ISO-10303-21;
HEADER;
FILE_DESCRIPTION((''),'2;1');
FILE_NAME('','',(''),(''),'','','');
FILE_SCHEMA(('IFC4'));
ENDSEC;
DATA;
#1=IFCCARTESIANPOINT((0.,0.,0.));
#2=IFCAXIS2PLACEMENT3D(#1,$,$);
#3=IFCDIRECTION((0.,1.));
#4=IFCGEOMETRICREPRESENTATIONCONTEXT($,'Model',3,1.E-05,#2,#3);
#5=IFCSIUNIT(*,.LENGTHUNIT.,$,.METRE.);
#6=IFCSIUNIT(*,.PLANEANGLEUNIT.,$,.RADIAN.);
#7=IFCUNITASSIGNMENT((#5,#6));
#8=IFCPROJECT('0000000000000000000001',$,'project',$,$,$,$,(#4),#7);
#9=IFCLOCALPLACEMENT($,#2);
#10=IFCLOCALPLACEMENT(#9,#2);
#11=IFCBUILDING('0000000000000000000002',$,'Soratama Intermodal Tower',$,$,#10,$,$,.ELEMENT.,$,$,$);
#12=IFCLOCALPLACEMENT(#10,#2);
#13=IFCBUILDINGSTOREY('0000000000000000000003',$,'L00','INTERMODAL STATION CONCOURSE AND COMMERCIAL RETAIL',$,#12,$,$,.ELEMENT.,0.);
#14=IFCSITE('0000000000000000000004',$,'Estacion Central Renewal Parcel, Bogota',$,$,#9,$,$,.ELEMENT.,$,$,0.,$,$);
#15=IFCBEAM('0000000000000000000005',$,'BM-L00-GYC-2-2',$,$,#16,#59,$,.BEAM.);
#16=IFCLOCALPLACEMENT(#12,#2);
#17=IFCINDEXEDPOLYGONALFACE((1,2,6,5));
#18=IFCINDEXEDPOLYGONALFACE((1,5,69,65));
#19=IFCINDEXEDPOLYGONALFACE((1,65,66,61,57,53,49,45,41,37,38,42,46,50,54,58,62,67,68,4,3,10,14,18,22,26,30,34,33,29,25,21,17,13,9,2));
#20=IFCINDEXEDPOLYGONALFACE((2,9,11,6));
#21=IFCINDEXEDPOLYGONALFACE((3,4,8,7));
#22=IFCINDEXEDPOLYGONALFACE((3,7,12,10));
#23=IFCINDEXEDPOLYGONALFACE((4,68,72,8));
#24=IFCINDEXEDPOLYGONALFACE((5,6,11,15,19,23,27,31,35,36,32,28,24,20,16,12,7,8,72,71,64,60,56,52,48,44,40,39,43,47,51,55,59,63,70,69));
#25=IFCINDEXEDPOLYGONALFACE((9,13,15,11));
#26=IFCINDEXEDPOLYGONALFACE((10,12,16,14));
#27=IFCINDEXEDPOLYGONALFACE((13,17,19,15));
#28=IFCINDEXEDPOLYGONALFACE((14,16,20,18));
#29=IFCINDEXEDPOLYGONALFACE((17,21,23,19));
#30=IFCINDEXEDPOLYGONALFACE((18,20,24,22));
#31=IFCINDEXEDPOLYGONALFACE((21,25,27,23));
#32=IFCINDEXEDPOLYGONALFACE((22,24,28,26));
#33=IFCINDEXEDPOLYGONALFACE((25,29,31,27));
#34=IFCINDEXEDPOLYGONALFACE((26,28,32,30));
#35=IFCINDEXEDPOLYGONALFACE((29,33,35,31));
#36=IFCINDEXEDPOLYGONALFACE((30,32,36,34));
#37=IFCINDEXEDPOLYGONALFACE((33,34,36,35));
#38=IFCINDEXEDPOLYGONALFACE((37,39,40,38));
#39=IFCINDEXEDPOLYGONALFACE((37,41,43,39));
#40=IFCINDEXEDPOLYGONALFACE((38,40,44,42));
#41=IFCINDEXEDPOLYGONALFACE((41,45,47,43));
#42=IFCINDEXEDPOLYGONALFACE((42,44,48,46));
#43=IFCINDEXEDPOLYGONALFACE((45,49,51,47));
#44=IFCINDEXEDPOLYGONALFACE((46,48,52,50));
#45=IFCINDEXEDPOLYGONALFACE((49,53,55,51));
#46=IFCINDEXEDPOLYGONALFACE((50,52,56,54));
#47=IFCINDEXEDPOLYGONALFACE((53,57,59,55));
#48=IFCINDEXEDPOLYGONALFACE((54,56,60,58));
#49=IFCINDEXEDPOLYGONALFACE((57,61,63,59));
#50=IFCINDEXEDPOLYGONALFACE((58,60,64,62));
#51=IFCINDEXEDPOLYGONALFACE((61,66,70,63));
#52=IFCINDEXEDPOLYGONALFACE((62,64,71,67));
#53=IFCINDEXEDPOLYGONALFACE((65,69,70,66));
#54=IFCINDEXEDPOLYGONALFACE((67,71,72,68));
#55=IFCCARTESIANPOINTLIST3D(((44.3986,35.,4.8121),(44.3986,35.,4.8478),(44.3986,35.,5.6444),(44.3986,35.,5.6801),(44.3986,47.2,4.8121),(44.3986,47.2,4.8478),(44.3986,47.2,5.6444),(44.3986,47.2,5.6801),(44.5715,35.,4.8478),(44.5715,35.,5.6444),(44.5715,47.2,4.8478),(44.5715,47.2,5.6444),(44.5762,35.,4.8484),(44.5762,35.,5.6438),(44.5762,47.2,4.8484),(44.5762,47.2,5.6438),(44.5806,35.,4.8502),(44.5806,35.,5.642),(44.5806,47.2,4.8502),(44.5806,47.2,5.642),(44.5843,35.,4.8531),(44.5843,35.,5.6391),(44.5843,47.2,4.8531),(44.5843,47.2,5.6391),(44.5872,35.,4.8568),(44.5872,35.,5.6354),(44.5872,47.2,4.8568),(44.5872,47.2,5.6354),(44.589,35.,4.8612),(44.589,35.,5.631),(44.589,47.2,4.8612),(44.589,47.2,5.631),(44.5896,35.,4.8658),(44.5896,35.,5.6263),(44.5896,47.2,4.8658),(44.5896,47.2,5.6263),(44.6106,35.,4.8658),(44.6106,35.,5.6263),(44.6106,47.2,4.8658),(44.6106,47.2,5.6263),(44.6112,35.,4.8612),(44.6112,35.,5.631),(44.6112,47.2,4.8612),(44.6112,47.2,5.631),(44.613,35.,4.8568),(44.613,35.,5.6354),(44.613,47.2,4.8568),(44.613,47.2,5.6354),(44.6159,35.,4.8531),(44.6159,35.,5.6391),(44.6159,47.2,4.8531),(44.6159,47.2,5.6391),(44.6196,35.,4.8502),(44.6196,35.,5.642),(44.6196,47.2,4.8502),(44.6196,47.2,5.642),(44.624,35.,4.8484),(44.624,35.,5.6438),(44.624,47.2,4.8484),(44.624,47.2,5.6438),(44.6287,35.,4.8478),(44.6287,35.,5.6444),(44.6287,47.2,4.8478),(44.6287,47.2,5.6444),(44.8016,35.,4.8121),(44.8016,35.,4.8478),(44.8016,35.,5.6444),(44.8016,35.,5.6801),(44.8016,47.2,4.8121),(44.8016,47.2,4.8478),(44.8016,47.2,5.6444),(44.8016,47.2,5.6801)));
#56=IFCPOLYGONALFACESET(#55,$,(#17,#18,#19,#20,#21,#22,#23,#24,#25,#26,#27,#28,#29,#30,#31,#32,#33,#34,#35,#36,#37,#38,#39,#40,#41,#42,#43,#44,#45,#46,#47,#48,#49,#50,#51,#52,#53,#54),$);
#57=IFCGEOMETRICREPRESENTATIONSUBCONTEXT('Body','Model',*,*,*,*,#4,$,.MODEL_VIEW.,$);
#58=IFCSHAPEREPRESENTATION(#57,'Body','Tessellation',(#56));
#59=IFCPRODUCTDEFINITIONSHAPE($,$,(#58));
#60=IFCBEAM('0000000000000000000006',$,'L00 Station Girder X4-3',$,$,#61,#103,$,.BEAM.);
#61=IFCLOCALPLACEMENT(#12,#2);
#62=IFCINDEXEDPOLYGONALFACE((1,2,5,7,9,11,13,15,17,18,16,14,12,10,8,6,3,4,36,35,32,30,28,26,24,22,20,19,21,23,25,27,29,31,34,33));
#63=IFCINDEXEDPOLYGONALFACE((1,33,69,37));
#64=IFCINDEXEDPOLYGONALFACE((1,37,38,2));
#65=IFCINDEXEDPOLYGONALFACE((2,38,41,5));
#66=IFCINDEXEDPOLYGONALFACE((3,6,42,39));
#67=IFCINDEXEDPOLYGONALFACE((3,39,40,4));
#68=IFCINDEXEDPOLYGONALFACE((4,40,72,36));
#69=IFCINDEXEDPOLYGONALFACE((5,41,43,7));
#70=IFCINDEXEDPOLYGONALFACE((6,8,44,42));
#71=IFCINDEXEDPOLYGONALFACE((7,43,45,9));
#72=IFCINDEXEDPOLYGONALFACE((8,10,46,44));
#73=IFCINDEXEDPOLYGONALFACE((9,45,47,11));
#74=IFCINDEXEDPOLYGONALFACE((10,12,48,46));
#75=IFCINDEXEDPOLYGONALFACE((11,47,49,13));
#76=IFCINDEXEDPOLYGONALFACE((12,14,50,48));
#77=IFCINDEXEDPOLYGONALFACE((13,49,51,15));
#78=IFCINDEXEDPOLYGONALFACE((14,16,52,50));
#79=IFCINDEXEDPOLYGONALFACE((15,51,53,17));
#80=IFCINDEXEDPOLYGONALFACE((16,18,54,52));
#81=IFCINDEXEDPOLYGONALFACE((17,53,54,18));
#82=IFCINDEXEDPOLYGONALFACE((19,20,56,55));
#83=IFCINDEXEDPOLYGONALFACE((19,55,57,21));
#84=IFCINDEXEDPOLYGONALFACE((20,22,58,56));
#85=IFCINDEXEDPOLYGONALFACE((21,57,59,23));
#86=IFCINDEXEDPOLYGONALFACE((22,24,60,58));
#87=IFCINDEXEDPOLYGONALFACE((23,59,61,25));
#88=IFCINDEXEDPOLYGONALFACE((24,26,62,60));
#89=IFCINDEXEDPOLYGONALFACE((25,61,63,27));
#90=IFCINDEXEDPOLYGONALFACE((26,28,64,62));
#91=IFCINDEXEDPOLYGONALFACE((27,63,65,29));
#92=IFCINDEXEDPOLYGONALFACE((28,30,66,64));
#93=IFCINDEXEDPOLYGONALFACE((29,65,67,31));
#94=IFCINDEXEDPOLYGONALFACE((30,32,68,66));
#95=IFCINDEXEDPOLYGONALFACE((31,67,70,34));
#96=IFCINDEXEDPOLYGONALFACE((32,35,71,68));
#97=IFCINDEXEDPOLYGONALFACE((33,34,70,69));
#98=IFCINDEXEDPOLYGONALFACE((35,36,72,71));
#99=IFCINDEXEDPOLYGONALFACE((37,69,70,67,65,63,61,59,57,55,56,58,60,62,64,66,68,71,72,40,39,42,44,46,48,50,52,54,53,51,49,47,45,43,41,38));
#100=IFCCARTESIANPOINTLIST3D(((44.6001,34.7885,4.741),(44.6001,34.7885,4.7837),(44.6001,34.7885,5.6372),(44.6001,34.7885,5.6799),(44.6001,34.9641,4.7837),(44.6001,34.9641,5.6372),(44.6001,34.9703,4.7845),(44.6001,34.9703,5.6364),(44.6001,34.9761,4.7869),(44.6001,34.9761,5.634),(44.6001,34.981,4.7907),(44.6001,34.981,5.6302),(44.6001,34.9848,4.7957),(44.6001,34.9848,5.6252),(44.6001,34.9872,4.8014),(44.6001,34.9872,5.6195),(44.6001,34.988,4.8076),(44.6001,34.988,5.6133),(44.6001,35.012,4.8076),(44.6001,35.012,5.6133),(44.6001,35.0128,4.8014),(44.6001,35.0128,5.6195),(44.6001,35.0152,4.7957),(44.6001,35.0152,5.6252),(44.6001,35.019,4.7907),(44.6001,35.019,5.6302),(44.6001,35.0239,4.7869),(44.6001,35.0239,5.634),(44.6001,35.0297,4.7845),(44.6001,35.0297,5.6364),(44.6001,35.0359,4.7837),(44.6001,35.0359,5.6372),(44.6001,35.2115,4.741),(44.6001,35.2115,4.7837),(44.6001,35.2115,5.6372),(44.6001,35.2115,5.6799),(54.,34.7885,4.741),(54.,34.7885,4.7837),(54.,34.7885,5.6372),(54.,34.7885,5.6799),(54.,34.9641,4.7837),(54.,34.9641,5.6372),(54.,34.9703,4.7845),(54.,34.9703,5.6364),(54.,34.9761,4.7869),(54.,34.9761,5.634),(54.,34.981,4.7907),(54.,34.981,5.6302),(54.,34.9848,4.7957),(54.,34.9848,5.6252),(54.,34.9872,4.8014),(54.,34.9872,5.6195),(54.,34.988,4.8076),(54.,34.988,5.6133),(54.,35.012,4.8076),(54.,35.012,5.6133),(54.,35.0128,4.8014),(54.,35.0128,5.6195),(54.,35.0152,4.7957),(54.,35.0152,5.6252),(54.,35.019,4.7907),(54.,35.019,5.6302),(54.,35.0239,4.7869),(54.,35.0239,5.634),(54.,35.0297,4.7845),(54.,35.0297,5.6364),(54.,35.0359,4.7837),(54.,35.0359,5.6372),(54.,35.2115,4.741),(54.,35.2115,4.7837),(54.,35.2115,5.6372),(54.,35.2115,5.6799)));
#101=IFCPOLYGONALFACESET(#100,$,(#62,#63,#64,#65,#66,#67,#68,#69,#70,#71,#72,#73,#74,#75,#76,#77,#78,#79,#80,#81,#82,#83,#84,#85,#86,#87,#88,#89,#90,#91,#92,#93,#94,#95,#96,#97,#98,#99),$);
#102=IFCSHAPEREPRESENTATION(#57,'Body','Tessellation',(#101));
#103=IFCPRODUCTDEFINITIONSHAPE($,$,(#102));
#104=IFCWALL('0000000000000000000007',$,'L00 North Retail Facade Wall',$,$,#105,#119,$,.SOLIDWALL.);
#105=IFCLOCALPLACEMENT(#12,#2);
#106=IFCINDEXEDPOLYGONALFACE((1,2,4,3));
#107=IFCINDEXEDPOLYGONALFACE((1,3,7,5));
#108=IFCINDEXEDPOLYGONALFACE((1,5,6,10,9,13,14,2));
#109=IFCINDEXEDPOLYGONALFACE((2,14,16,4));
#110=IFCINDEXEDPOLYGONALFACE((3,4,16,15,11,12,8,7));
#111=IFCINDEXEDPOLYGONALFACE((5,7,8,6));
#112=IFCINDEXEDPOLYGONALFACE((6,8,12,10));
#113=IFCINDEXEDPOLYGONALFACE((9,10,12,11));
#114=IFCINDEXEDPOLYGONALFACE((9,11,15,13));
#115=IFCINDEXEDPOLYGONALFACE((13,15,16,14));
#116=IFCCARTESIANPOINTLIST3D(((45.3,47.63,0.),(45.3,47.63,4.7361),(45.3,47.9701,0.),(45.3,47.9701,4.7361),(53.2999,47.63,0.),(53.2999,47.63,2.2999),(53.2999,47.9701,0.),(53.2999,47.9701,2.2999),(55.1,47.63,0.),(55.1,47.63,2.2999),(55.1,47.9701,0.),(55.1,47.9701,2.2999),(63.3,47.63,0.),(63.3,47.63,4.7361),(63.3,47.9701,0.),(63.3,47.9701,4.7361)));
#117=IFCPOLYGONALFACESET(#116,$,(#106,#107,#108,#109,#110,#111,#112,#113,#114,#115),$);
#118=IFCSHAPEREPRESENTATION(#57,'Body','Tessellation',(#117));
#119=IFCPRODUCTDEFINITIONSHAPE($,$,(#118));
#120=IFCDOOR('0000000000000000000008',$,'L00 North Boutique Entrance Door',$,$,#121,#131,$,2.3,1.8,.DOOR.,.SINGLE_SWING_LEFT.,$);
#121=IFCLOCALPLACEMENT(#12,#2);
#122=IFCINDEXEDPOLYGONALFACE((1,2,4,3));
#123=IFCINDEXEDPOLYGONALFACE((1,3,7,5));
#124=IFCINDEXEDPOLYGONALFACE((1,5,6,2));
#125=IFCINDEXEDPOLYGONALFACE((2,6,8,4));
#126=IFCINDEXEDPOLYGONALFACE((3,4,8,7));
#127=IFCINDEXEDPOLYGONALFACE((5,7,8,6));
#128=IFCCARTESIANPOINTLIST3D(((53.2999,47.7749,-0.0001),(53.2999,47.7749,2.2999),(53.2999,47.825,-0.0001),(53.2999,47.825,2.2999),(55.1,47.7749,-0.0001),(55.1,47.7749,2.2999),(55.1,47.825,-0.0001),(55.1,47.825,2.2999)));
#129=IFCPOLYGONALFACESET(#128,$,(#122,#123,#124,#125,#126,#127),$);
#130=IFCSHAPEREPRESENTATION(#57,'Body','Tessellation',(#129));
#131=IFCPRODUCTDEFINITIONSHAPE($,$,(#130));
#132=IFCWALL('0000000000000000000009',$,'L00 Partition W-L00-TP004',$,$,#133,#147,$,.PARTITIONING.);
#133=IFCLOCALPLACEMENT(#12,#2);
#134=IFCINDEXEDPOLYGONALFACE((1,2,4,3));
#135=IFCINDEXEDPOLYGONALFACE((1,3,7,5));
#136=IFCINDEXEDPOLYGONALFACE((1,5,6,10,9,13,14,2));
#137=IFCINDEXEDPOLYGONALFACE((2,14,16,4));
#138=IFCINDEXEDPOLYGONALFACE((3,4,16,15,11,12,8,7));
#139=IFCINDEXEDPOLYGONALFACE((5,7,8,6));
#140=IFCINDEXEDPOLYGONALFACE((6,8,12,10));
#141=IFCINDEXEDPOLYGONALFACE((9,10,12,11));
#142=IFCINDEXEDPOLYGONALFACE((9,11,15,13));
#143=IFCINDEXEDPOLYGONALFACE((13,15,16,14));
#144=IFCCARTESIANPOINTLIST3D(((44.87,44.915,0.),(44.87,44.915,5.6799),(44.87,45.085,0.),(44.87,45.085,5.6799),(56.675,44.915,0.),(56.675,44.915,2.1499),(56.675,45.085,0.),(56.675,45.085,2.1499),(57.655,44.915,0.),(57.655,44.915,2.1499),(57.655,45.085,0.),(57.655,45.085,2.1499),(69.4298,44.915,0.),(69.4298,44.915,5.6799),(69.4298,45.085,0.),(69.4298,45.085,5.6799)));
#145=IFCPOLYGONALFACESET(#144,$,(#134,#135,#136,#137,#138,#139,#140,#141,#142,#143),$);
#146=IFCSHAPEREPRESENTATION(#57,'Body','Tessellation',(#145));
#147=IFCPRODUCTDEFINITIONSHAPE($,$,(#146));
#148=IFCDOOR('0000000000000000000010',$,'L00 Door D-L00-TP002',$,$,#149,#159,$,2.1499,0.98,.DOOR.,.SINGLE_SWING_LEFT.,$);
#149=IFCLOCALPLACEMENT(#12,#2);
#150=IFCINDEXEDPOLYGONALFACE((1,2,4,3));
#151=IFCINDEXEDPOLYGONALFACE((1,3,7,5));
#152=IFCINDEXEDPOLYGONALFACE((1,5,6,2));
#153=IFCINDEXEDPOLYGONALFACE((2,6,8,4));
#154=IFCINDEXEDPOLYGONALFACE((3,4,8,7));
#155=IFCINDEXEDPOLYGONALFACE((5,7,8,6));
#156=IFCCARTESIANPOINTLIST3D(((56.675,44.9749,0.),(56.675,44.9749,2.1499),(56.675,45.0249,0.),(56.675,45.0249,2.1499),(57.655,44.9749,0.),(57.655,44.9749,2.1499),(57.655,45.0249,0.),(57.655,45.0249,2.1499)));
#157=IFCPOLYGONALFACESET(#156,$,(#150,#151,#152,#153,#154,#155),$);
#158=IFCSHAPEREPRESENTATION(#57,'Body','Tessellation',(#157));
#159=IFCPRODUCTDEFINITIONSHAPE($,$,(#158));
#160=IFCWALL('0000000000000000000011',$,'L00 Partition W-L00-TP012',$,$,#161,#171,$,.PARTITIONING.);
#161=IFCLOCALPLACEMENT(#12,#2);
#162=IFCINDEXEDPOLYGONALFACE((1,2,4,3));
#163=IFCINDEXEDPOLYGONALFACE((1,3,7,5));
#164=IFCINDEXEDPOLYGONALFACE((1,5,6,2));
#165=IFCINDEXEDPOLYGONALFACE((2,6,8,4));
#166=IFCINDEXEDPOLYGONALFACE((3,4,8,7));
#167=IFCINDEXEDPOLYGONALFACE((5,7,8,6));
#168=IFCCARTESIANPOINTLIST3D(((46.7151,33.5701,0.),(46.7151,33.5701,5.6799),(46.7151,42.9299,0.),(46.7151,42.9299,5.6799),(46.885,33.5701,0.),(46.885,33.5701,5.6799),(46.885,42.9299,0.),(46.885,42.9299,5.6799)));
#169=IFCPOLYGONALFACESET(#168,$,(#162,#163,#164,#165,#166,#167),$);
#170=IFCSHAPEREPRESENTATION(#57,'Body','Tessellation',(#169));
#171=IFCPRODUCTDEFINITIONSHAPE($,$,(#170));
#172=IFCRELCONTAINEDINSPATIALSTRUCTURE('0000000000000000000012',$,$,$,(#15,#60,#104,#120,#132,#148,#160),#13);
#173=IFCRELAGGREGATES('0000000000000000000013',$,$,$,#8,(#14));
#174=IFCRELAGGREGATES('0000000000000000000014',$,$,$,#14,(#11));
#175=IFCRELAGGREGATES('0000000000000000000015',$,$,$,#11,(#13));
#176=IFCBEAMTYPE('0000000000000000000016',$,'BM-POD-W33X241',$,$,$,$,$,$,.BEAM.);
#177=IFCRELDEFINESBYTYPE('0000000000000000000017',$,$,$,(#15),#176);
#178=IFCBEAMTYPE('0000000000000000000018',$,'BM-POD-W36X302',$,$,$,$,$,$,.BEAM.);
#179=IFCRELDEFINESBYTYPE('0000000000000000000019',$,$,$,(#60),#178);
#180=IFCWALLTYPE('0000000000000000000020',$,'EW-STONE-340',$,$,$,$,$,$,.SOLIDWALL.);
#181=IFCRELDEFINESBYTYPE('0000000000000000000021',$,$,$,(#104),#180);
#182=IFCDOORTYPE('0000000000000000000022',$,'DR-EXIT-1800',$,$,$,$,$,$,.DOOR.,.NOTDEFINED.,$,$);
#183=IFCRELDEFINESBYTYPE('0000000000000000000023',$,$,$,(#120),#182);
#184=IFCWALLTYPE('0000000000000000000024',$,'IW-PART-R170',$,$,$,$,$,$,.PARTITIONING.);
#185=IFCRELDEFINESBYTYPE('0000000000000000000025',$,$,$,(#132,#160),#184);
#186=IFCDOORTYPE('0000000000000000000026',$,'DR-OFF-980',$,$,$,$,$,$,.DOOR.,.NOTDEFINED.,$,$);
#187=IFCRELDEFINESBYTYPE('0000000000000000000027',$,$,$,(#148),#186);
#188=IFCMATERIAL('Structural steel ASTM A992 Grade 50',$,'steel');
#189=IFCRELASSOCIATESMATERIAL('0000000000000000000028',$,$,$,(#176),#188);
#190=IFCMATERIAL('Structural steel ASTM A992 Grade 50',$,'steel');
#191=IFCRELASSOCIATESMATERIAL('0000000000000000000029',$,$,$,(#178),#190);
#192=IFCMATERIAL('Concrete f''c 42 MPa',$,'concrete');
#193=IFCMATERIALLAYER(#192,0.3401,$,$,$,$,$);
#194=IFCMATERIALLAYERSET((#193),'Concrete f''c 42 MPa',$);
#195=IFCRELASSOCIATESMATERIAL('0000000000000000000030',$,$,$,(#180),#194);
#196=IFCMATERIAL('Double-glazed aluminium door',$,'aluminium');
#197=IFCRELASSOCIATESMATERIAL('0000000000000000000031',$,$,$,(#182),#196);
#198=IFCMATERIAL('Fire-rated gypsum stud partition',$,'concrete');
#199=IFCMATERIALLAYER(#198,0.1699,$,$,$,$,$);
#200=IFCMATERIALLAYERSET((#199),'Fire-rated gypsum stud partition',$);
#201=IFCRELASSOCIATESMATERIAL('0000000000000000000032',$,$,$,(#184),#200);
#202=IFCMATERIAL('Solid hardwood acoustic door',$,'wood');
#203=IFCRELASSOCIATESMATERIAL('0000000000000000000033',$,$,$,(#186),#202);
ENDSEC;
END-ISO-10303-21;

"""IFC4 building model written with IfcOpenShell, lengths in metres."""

from ifc_helpers import new_model, si_unit, direction, frame, frame_2d, origin, origin_2d, place, context, subcontext, project, spatial, rectangle, i_section, extrude, material, layer, layer_set, material_profile, profile_set, type_object, element, fill, save


model = new_model("IFC4")

# Units and contexts
model_context = context("Model", 3, precision=1e-05, world=origin(), true_north=direction((0.0, 1.0)))
body_context = subcontext(model_context, "Body", "Model", "MODEL_VIEW")
ifc_project = project(units=[si_unit("LENGTHUNIT", "METRE"), si_unit("PLANEANGLEUNIT", "RADIAN")], contexts=[model_context])

# Site, building, storey
site_placement = place(None, origin())
site = spatial("IfcSite", under=ifc_project, at=site_placement, Name="Estacion Central Renewal Parcel, Bogota", CompositionType="ELEMENT", RefElevation=0.0)
building_placement = place(site_placement, origin())
building = spatial("IfcBuilding", under=site, at=building_placement, Name="Soratama Intermodal Tower", CompositionType="ELEMENT")
storey_placement = place(building_placement, origin())
storey = spatial("IfcBuildingStorey", under=building, at=storey_placement, Name="L00", Description="INTERMODAL STATION CONCOURSE AND COMMERCIAL RETAIL", CompositionType="ELEMENT", Elevation=0.0)

# Beams
ifc_material_1 = material(Name="Structural steel ASTM A992 Grade 50", Category="steel")
ifc_material_profile_1 = material_profile(ifc_material_1, i_section(OverallWidth=0.4031, OverallDepth=0.8679, WebThickness=0.021, FlangeThickness=0.0356, FilletRadius=0.0181, at=origin_2d()), Name="W33X241")
ifc_profile_set_1 = profile_set([ifc_material_profile_1], Name="Structural steel ASTM A992 Grade 50")
beam_type_1 = type_object("IfcBeamType", Name="BM-POD-W33X241", PredefinedType="BEAM", material=ifc_profile_set_1)
beam_1_placement = place(storey_placement, frame((44.6001, 35.0, 5.2461), z_axis=(0.0, 1.0, 0.0), x_axis=(-1.0, 0.0, 0.0)))
element("IfcBeam", 1, at=beam_1_placement, inside=storey, type_object=beam_type_1, Name="BM-L00-GYC-2-2", PredefinedType="BEAM", context=body_context, shape_type="SweptSolid", body=[
    extrude(i_section(OverallWidth=0.4031, OverallDepth=0.8679, WebThickness=0.021, FlangeThickness=0.0356, FilletRadius=0.0181, at=origin_2d()), origin(), (0.0, 0.0, 1.0), 12.2),
])
ifc_material_2 = material(Name="Structural steel ASTM A992 Grade 50", Category="steel")
ifc_material_profile_2 = material_profile(ifc_material_2, i_section(OverallWidth=0.4231, OverallDepth=0.939, WebThickness=0.0239, FlangeThickness=0.0427, FilletRadius=0.0239, at=origin_2d()), Name="W36X302")
ifc_profile_set_2 = profile_set([ifc_material_profile_2], Name="Structural steel ASTM A992 Grade 50")
beam_type_2 = type_object("IfcBeamType", Name="BM-POD-W36X302", PredefinedType="BEAM", material=ifc_profile_set_2)
beam_2_placement = place(storey_placement, frame((44.6001, 35.0, 5.2104), z_axis=(1.0, 0.0, 0.0), x_axis=(0.0, 1.0, 0.0)))
element("IfcBeam", 2, at=beam_2_placement, inside=storey, type_object=beam_type_2, Name="L00 Station Girder X4-3", PredefinedType="BEAM", context=body_context, shape_type="SweptSolid", body=[
    extrude(i_section(OverallWidth=0.4231, OverallDepth=0.939, WebThickness=0.0239, FlangeThickness=0.0427, FilletRadius=0.0239, at=origin_2d()), origin(), (0.0, 0.0, 1.0), 9.3999),
])

# Walls, openings, doors
ifc_material_3 = material(Name="Concrete f'c 42 MPa", Category="concrete")
ifc_layer_1 = layer(ifc_material_3, 0.3401)
ifc_layer_set_1 = layer_set([ifc_layer_1], Name="Concrete f'c 42 MPa")
wall_type_1 = type_object("IfcWallType", Name="EW-STONE-340", PredefinedType="SOLIDWALL", material=ifc_layer_set_1)
wall_1_placement = place(storey_placement, frame((45.3, 47.8, 0.0), z_axis=(0.0, 0.0, 1.0), x_axis=(1.0, 0.0, 0.0)))
wall_1 = element("IfcWall", 3, at=wall_1_placement, inside=storey, type_object=wall_type_1, Name="L00 North Retail Facade Wall", PredefinedType="SOLIDWALL", context=body_context, shape_type="SweptSolid", body=[
    extrude(rectangle(XDim=18.0, YDim=0.3401, at=frame_2d((9.0, 0.0))), origin(), (0.0, 0.0, 1.0), 4.7361),
])
opening_1_placement = place(wall_1_placement, frame((8.0, 0.0, 0.0)))
opening_1 = element("IfcOpeningElement", 4, at=opening_1_placement, cuts=wall_1, PredefinedType="OPENING", context=body_context, shape_type="SweptSolid", body=[
    extrude(rectangle(XDim=1.8, YDim=2.3, at=frame_2d((0.8999, 1.1499))), frame((0.0, 0.1799, 0.0), z_axis=(0.0, -1.0, 0.0), x_axis=(1.0, 0.0, 0.0)), (0.0, 0.0, 1.0), 0.3601),
])
ifc_material_4 = material(Name="Double-glazed aluminium door", Category="aluminium")
door_type_1 = type_object("IfcDoorType", Name="DR-EXIT-1800", OperationType="NOTDEFINED", PredefinedType="DOOR", material=ifc_material_4)
door_1_placement = place(opening_1_placement, origin())
door_1 = element("IfcDoor", 5, at=door_1_placement, inside=storey, type_object=door_type_1, Name="L00 North Boutique Entrance Door", OperationType="SINGLE_SWING_LEFT", OverallHeight=2.3, OverallWidth=1.8, PredefinedType="DOOR", context=body_context, shape_type="SweptSolid", body=[
    extrude(rectangle(XDim=1.8, YDim=2.3, at=frame_2d((0.8999, 1.1499))), frame((0.0, 0.0249, 0.0), z_axis=(0.0, -1.0, 0.0), x_axis=(1.0, 0.0, 0.0)), (0.0, 0.0, 1.0), 0.05),
])
fill(opening_1, door_1)
ifc_material_5 = material(Name="Fire-rated gypsum stud partition", Category="concrete")
ifc_layer_2 = layer(ifc_material_5, 0.1699)
ifc_layer_set_2 = layer_set([ifc_layer_2], Name="Fire-rated gypsum stud partition")
wall_type_2 = type_object("IfcWallType", Name="IW-PART-R170", PredefinedType="PARTITIONING", material=ifc_layer_set_2)
wall_2_placement = place(storey_placement, frame((44.8701, 45.0, 0.0), z_axis=(0.0, 0.0, 1.0), x_axis=(1.0, 0.0, 0.0)))
wall_2 = element("IfcWall", 6, at=wall_2_placement, inside=storey, type_object=wall_type_2, Name="L00 Partition W-L00-TP004", PredefinedType="PARTITIONING", context=body_context, shape_type="SweptSolid", body=[
    extrude(rectangle(XDim=24.5598, YDim=0.1699, at=frame_2d((12.2798, 0.0))), origin(), (0.0, 0.0, 1.0), 5.6799),
])
opening_2_placement = place(wall_2_placement, frame((11.8049, 0.0, 0.0)))
opening_2 = element("IfcOpeningElement", 7, at=opening_2_placement, cuts=wall_2, PredefinedType="OPENING", context=body_context, shape_type="SweptSolid", body=[
    extrude(rectangle(XDim=0.98, YDim=2.1499, at=frame_2d((0.49, 1.075))), frame((0.0, 0.095, 0.0), z_axis=(0.0, -1.0, 0.0), x_axis=(1.0, 0.0, 0.0)), (0.0, 0.0, 1.0), 0.1899),
])
ifc_material_6 = material(Name="Solid hardwood acoustic door", Category="wood")
door_type_2 = type_object("IfcDoorType", Name="DR-OFF-980", OperationType="NOTDEFINED", PredefinedType="DOOR", material=ifc_material_6)
door_2_placement = place(opening_2_placement, origin())
door_2 = element("IfcDoor", 8, at=door_2_placement, inside=storey, type_object=door_type_2, Name="L00 Door D-L00-TP002", OperationType="SINGLE_SWING_LEFT", OverallHeight=2.1499, OverallWidth=0.98, PredefinedType="DOOR", context=body_context, shape_type="SweptSolid", body=[
    extrude(rectangle(XDim=0.98, YDim=2.1499, at=frame_2d((0.49, 1.075))), frame((0.0, 0.0249, 0.0), z_axis=(0.0, -1.0, 0.0), x_axis=(1.0, 0.0, 0.0)), (0.0, 0.0, 1.0), 0.05),
])
fill(opening_2, door_2)

# Wall
wall_3_placement = place(storey_placement, frame((46.8, 42.9299, 0.0), z_axis=(0.0, 0.0, 1.0), x_axis=(0.0, -1.0, 0.0)))
element("IfcWall", 9, at=wall_3_placement, inside=storey, type_object=wall_type_2, Name="L00 Partition W-L00-TP012", PredefinedType="PARTITIONING", context=body_context, shape_type="SweptSolid", body=[
    extrude(rectangle(XDim=9.3599, YDim=0.1699, at=frame_2d((4.6799, 0.0))), origin(), (0.0, 0.0, 1.0), 5.6799),
])

save(model, "model.ifc")
